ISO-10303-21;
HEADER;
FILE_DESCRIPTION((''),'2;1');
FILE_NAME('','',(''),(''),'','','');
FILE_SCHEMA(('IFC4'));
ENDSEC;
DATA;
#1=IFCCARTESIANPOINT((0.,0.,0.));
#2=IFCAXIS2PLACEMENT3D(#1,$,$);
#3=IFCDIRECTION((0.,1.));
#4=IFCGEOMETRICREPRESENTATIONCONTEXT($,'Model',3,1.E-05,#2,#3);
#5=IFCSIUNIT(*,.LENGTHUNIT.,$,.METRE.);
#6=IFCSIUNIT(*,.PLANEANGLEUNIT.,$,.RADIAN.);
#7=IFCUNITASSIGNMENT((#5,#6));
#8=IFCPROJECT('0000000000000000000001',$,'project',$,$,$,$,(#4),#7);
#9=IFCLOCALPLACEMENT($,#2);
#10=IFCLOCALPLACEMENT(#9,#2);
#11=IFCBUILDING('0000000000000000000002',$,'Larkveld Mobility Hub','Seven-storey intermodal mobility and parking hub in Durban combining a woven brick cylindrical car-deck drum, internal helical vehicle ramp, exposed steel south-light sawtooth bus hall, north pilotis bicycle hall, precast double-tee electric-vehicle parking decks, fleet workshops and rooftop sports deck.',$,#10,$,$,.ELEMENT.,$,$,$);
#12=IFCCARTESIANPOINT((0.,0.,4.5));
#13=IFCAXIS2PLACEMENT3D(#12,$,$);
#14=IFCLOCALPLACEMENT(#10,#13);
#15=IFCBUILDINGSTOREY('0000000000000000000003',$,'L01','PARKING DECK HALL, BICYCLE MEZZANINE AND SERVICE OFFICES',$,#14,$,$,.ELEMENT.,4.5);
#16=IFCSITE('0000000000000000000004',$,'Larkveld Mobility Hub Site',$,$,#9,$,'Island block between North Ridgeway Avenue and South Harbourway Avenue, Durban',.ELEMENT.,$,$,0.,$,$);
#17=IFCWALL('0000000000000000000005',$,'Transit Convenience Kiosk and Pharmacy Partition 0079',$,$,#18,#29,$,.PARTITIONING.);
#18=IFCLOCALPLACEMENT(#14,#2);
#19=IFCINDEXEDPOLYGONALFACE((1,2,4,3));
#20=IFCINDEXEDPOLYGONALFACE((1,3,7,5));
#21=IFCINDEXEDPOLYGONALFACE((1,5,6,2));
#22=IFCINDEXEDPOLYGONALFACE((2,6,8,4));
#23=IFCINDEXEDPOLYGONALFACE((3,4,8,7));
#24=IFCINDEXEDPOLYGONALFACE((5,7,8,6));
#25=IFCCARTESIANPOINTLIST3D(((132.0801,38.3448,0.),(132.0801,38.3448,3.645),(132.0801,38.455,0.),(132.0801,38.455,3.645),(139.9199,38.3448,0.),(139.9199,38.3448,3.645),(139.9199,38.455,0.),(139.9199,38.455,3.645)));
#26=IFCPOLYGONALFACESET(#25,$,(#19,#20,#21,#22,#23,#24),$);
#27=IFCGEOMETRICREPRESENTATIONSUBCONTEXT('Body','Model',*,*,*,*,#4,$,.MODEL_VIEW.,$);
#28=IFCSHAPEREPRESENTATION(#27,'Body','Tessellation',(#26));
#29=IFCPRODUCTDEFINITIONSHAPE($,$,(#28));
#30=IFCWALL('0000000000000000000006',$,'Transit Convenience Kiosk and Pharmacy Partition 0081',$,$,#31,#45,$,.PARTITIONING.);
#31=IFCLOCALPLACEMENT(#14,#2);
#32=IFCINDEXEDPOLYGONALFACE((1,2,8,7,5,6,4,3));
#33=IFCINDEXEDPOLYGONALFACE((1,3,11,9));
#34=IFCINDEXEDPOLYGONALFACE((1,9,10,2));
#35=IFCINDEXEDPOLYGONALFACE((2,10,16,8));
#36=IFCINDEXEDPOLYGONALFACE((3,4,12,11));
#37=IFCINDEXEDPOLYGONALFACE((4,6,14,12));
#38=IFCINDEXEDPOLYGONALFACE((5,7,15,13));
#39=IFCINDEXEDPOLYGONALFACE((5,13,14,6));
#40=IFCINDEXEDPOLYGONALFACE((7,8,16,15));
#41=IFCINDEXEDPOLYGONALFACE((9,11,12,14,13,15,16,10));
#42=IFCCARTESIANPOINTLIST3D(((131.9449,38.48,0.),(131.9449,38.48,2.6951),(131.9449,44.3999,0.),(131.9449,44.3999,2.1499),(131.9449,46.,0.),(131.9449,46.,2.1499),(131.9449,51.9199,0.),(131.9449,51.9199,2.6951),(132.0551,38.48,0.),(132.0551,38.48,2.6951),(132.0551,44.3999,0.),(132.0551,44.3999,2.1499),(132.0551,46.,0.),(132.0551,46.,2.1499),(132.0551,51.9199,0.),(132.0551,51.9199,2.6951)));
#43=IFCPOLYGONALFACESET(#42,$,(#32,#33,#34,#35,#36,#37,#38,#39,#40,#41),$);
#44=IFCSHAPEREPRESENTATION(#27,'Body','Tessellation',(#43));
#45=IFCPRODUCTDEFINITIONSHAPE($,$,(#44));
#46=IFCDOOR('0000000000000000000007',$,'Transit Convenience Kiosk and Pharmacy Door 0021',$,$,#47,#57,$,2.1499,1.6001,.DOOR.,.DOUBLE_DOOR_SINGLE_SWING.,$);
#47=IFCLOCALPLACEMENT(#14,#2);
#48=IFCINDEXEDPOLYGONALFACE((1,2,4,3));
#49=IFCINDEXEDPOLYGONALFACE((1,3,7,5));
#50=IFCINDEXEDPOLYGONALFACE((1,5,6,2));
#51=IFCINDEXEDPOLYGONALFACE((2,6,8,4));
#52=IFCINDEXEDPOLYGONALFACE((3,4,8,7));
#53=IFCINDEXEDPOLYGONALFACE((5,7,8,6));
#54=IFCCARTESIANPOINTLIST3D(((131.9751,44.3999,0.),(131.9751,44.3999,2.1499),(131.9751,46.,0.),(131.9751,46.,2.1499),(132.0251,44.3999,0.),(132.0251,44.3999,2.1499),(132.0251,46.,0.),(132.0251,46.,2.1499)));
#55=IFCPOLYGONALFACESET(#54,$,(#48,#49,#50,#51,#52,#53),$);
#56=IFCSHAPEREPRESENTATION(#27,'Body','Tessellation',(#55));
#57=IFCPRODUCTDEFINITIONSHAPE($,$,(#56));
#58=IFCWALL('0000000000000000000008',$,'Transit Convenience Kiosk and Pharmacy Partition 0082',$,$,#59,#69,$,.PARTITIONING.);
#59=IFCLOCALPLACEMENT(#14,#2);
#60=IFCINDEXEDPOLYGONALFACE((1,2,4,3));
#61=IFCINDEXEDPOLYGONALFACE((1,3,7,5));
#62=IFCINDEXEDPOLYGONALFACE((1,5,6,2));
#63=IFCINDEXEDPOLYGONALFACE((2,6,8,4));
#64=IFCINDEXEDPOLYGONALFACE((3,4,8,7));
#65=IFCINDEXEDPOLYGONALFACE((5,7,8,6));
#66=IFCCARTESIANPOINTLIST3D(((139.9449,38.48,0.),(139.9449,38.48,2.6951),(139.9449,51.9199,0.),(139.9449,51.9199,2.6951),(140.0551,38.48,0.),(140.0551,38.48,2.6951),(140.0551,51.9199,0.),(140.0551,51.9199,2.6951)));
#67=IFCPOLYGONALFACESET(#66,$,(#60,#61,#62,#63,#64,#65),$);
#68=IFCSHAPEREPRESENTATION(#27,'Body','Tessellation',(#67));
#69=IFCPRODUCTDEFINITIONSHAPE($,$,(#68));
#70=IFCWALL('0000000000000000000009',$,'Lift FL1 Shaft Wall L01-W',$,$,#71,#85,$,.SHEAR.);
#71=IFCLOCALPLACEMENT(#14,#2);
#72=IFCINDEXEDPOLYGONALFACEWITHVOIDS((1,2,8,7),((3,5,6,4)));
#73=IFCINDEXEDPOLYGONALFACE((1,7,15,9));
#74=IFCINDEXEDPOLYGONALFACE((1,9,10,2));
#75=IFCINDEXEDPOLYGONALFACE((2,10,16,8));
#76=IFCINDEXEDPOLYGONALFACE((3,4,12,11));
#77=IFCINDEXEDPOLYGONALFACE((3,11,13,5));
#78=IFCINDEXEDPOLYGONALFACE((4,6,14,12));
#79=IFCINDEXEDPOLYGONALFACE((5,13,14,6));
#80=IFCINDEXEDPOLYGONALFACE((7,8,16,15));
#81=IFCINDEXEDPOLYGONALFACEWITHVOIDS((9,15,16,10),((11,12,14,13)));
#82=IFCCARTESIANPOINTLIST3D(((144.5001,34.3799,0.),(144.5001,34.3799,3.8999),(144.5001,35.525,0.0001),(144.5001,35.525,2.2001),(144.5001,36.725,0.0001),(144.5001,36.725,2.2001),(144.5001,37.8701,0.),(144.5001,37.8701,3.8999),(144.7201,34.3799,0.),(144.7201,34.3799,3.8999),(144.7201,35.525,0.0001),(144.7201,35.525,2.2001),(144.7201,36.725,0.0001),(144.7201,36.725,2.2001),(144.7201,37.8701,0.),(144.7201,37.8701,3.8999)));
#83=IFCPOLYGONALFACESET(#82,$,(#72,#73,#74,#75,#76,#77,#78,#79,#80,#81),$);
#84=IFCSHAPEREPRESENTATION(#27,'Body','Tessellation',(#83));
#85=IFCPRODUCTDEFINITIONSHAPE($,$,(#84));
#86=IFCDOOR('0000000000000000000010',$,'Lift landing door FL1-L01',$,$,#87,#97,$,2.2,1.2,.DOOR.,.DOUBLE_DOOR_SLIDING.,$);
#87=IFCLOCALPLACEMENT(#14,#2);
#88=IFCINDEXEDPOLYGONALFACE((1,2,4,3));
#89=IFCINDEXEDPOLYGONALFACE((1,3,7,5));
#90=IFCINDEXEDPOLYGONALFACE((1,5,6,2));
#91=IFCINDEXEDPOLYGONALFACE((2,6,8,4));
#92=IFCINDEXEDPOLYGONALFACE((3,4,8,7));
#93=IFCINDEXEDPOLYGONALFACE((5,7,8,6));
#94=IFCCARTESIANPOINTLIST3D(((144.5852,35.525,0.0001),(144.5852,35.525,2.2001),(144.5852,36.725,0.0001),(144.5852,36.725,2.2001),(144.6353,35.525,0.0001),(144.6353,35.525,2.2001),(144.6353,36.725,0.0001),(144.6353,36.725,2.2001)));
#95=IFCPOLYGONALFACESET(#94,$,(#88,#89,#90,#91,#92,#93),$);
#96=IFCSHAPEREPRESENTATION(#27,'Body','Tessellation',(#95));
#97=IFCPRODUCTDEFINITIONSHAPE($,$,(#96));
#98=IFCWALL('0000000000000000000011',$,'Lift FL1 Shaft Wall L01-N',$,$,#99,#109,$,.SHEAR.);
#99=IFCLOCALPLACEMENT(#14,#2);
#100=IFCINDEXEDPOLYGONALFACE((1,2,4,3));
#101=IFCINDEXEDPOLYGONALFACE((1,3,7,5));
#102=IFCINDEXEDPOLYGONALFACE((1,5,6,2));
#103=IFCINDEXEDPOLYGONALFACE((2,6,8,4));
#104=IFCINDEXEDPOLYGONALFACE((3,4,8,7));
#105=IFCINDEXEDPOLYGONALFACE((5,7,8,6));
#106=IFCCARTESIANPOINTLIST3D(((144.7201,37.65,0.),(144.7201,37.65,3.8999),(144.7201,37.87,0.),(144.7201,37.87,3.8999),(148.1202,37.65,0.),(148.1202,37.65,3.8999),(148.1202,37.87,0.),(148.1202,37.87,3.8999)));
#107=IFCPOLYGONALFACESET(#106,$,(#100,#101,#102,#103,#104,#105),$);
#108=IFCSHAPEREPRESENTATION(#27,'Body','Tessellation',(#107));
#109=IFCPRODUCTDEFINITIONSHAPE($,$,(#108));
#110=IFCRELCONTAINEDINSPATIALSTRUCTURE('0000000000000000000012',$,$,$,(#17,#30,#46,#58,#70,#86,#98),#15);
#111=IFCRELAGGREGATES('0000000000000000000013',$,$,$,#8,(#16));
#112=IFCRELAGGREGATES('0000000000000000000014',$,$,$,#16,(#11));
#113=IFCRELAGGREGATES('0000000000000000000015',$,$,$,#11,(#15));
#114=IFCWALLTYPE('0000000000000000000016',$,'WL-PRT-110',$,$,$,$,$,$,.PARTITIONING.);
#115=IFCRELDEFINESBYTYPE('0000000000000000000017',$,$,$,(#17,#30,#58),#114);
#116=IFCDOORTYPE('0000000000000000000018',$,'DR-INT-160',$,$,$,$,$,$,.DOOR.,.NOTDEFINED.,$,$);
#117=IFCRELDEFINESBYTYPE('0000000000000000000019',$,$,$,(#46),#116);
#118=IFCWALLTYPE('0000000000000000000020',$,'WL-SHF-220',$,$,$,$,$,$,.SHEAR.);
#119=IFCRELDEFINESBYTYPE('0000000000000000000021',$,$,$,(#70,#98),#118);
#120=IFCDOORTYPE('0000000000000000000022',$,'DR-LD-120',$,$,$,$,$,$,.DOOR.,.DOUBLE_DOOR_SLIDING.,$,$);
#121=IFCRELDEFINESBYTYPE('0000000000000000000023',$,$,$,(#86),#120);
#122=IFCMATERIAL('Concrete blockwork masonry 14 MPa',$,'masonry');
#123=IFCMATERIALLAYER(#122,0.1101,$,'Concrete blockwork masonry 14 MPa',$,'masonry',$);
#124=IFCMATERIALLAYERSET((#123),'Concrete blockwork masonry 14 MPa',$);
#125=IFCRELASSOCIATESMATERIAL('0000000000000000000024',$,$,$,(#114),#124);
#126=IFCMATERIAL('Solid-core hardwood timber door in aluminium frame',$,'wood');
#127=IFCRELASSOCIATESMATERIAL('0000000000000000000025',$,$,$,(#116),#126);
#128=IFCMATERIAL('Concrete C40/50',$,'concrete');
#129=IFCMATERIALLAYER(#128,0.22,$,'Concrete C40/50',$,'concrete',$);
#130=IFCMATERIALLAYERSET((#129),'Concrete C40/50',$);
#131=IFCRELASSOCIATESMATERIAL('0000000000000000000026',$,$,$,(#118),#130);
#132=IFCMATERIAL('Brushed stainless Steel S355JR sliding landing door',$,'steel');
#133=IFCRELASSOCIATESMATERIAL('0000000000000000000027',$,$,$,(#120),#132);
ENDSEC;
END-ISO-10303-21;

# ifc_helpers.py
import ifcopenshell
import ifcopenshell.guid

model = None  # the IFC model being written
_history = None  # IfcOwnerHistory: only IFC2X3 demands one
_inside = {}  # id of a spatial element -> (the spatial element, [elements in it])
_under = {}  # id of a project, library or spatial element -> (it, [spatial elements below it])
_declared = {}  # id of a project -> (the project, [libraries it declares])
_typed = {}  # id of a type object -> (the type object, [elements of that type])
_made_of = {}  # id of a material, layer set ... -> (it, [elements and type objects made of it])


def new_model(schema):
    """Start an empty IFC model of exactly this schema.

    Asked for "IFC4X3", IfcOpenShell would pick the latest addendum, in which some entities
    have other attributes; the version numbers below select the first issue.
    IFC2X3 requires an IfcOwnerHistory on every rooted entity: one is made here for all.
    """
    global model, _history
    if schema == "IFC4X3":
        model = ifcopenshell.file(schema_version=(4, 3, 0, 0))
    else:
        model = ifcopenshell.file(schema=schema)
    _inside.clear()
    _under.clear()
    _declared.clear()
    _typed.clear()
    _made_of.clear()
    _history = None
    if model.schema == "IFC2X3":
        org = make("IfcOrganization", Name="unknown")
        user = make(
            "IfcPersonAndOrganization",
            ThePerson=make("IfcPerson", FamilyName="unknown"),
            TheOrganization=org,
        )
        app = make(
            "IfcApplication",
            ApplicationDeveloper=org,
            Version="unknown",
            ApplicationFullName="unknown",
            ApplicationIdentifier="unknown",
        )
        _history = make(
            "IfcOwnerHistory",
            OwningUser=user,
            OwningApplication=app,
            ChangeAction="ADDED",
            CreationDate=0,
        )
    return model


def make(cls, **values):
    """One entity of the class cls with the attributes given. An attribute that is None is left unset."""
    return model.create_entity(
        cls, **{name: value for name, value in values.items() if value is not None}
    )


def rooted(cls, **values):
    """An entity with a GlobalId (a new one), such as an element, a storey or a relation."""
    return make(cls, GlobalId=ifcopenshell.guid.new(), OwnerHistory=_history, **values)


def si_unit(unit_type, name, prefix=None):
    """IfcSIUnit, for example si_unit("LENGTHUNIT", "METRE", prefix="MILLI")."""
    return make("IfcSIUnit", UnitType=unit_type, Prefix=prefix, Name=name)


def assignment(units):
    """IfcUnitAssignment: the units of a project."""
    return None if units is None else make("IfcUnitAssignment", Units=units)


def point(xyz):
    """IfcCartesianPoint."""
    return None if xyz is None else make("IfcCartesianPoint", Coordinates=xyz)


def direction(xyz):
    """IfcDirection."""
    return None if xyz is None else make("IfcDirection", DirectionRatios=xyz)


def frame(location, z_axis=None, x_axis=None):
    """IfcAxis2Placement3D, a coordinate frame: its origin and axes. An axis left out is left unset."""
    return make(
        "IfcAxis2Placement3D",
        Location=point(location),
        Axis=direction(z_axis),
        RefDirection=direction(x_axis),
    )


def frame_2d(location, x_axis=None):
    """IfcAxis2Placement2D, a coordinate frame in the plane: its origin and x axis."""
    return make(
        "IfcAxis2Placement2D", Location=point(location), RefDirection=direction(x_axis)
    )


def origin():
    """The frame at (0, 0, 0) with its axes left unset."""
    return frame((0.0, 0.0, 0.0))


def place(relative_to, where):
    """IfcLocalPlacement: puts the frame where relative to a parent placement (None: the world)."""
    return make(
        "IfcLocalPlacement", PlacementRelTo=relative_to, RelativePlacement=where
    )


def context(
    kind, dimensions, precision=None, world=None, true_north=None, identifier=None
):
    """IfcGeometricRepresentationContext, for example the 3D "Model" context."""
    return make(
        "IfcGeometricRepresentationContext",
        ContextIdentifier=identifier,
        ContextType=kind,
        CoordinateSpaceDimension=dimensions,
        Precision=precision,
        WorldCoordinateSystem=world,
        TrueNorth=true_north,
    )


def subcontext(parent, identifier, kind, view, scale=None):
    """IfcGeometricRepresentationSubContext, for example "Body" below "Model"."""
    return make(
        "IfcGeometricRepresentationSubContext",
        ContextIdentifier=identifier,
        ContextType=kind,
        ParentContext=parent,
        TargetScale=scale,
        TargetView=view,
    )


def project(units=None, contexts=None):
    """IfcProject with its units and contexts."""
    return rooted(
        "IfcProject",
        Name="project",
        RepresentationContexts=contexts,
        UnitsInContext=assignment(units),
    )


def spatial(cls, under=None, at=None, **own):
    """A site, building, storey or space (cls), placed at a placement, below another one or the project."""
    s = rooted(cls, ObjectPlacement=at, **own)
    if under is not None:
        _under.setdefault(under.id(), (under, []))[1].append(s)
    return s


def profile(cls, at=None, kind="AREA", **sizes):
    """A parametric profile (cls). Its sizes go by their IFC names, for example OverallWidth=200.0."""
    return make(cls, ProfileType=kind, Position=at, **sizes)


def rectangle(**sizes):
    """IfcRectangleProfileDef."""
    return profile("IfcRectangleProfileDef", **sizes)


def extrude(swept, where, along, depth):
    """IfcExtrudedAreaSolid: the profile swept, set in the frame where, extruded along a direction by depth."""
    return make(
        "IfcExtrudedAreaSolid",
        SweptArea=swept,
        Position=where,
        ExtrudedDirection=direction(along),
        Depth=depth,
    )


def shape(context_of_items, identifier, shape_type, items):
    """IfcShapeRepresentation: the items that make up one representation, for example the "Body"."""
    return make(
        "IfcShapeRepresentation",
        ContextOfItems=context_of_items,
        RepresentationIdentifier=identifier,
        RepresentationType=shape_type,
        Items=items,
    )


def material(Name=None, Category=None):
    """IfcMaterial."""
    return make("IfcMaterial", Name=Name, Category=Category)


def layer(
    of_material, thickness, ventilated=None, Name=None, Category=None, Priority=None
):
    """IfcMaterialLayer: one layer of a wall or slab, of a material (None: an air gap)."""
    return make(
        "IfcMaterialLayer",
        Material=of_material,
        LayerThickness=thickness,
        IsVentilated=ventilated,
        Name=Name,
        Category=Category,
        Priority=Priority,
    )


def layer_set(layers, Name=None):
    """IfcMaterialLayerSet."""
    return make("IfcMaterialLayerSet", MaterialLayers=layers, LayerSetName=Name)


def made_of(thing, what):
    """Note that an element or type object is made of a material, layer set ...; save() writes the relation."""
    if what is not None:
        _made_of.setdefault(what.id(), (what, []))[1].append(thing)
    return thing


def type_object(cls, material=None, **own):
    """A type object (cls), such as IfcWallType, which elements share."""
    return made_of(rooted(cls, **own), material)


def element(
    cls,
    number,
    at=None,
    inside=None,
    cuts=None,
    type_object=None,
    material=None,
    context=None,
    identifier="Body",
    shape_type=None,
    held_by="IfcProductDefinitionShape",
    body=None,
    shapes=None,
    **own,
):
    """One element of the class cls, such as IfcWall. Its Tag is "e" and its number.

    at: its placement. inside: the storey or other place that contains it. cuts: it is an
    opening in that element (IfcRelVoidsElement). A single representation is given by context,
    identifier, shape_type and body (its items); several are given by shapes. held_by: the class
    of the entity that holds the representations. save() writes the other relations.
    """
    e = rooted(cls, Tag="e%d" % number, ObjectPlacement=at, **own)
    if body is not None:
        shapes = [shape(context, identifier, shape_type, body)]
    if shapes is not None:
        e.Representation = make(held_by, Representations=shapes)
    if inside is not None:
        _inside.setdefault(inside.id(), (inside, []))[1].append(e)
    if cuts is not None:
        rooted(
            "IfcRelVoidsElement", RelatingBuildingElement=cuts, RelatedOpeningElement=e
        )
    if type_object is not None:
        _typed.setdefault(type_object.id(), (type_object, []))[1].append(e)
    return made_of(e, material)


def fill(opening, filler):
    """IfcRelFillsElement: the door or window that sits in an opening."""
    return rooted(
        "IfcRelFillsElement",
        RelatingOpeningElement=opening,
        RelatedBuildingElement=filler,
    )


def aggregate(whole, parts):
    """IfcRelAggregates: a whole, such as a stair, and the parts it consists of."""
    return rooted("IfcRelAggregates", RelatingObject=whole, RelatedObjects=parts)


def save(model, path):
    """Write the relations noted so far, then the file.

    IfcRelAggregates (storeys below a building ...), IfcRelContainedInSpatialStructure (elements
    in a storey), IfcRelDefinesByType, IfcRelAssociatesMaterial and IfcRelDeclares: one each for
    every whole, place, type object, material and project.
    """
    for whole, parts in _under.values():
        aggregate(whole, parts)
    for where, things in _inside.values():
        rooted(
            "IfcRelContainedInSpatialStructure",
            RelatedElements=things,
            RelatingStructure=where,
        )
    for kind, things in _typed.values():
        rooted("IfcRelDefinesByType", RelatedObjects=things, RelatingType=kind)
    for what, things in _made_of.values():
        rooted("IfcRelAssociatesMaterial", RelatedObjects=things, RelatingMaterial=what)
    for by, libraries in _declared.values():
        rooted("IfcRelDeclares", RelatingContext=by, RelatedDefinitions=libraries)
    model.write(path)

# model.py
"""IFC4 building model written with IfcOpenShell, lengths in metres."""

from ifc_helpers import new_model, si_unit, direction, frame, frame_2d, origin, place, context, subcontext, project, spatial, rectangle, extrude, material, layer, layer_set, type_object, element, fill, save


model = new_model("IFC4")

# Units and contexts
model_context = context("Model", 3, precision=1e-05, world=origin(), true_north=direction((0.0, 1.0)))
body_context = subcontext(model_context, "Body", "Model", "MODEL_VIEW")
ifc_project = project(units=[si_unit("LENGTHUNIT", "METRE"), si_unit("PLANEANGLEUNIT", "RADIAN")], contexts=[model_context])

# Site, building, storey
site_placement = place(None, origin())
site = spatial("IfcSite", under=ifc_project, at=site_placement, Name="Larkveld Mobility Hub Site", LongName="Island block between North Ridgeway Avenue and South Harbourway Avenue, Durban", CompositionType="ELEMENT", RefElevation=0.0)
building_placement = place(site_placement, origin())
building = spatial("IfcBuilding", under=site, at=building_placement, Name="Larkveld Mobility Hub", Description="Seven-storey intermodal mobility and parking hub in Durban combining a woven brick cylindrical car-deck drum, internal helical vehicle ramp, exposed steel south-light sawtooth bus hall, north pilotis bicycle hall, precast double-tee electric-vehicle parking decks, fleet workshops and rooftop sports deck.", CompositionType="ELEMENT")
storey_placement = place(building_placement, frame((0.0, 0.0, 4.5)))
storey = spatial("IfcBuildingStorey", under=building, at=storey_placement, Name="L01", Description="PARKING DECK HALL, BICYCLE MEZZANINE AND SERVICE OFFICES", CompositionType="ELEMENT", Elevation=4.5)

# Shared definitions
ifc_material_1 = material(Name="Concrete C40/50", Category="concrete")

# Shared definitions
ifc_material_2 = material(Name="Concrete blockwork masonry 14 MPa", Category="masonry")
ifc_material_3 = material(Name="Solid-core hardwood timber door in aluminium frame", Category="wood")

# Wall
ifc_layer_1 = layer(ifc_material_2, 0.1101, Name="Concrete blockwork masonry 14 MPa", Category="masonry")
ifc_layer_set_1 = layer_set([ifc_layer_1], Name="Concrete blockwork masonry 14 MPa")
wall_type_1 = type_object("IfcWallType", Name="WL-PRT-110", PredefinedType="PARTITIONING", material=ifc_layer_set_1)
wall_1_placement = place(storey_placement, frame((132.0801, 38.3999, 0.0), z_axis=(0.0, 0.0, 1.0), x_axis=(1.0, 0.0, 0.0)))
element("IfcWall", 1, at=wall_1_placement, inside=storey, type_object=wall_type_1, Name="Transit Convenience Kiosk and Pharmacy Partition 0079", PredefinedType="PARTITIONING", context=body_context, shape_type="SweptSolid", body=[
    extrude(rectangle(XDim=7.8398, YDim=0.1101, at=frame_2d((3.9199, 0.0))), origin(), (0.0, 0.0, 1.0), 3.645),
])

# Wall, opening, door
wall_2_placement = place(storey_placement, frame((132.0, 38.48, 0.0), z_axis=(0.0, 0.0, 1.0), x_axis=(0.0, 1.0, 0.0)))
wall_2 = element("IfcWall", 2, at=wall_2_placement, inside=storey, type_object=wall_type_1, Name="Transit Convenience Kiosk and Pharmacy Partition 0081", PredefinedType="PARTITIONING", context=body_context, shape_type="SweptSolid", body=[
    extrude(rectangle(XDim=13.4399, YDim=0.1101, at=frame_2d((6.72, 0.0))), origin(), (0.0, 0.0, 1.0), 2.6951),
])
opening_1_placement = place(wall_2_placement, frame((5.9199, 0.0, 0.0)))
opening_1 = element("IfcOpeningElement", 3, at=opening_1_placement, cuts=wall_2, PredefinedType="OPENING", context=body_context, shape_type="SweptSolid", body=[
    extrude(rectangle(XDim=1.6001, YDim=2.1499, at=frame_2d((0.8, 1.075))), frame((0.0, 0.0649, 0.0), z_axis=(0.0, -1.0, 0.0), x_axis=(1.0, 0.0, 0.0)), (0.0, 0.0, 1.0), 0.1301),
])
door_type_1 = type_object("IfcDoorType", Name="DR-INT-160", OperationType="NOTDEFINED", PredefinedType="DOOR", material=ifc_material_3)
door_1_placement = place(opening_1_placement, origin())
door_1 = element("IfcDoor", 4, at=door_1_placement, inside=storey, type_object=door_type_1, Name="Transit Convenience Kiosk and Pharmacy Door 0021", OperationType="DOUBLE_DOOR_SINGLE_SWING", OverallHeight=2.1499, OverallWidth=1.6001, PredefinedType="DOOR", context=body_context, shape_type="SweptSolid", body=[
    extrude(rectangle(XDim=1.6001, YDim=2.1499, at=frame_2d((0.8, 1.075))), frame((0.0, 0.0249, 0.0), z_axis=(0.0, -1.0, 0.0), x_axis=(1.0, 0.0, 0.0)), (0.0, 0.0, 1.0), 0.05),
])
fill(opening_1, door_1)

# Wall
wall_3_placement = place(storey_placement, frame((140.0, 38.48, 0.0), z_axis=(0.0, 0.0, 1.0), x_axis=(0.0, 1.0, 0.0)))
element("IfcWall", 5, at=wall_3_placement, inside=storey, type_object=wall_type_1, Name="Transit Convenience Kiosk and Pharmacy Partition 0082", PredefinedType="PARTITIONING", context=body_context, shape_type="SweptSolid", body=[
    extrude(rectangle(XDim=13.4399, YDim=0.1101, at=frame_2d((6.72, 0.0))), origin(), (0.0, 0.0, 1.0), 2.6951),
])

# Wall, opening, door
ifc_layer_2 = layer(ifc_material_1, 0.22, Name="Concrete C40/50", Category="concrete")
ifc_layer_set_2 = layer_set([ifc_layer_2], Name="Concrete C40/50")
wall_type_2 = type_object("IfcWallType", Name="WL-SHF-220", PredefinedType="SHEAR", material=ifc_layer_set_2)
wall_4_placement = place(storey_placement, frame((144.6101, 34.3799, 0.0), z_axis=(0.0, 0.0, 1.0), x_axis=(0.0, 1.0, 0.0)))
wall_4 = element("IfcWall", 6, at=wall_4_placement, inside=storey, type_object=wall_type_2, Name="Lift FL1 Shaft Wall L01-W", PredefinedType="SHEAR", context=body_context, shape_type="SweptSolid", body=[
    extrude(rectangle(XDim=3.4902, YDim=0.22, at=frame_2d((1.7451, 0.0))), origin(), (0.0, 0.0, 1.0), 3.8999),
])
opening_2_placement = place(wall_4_placement, frame((1.145, 0.0, 0.0)))
opening_2 = element("IfcOpeningElement", 7, at=opening_2_placement, cuts=wall_4, PredefinedType="OPENING", context=body_context, shape_type="SweptSolid", body=[
    extrude(rectangle(XDim=1.2, YDim=2.2, at=frame_2d((0.6001, 1.1001))), frame((0.0, 0.1201, 0.0), z_axis=(0.0, -1.0, 0.0), x_axis=(1.0, 0.0, 0.0)), (0.0, 0.0, 1.0), 0.24),
])
ifc_material_4 = material(Name="Brushed stainless Steel S355JR sliding landing door", Category="steel")
door_type_2 = type_object("IfcDoorType", Name="DR-LD-120", OperationType="DOUBLE_DOOR_SLIDING", PredefinedType="DOOR", material=ifc_material_4)
door_2_placement = place(opening_2_placement, origin())
door_2 = element("IfcDoor", 8, at=door_2_placement, inside=storey, type_object=door_type_2, Name="Lift landing door FL1-L01", OperationType="DOUBLE_DOOR_SLIDING", OverallHeight=2.2, OverallWidth=1.2, PredefinedType="DOOR", context=body_context, shape_type="SweptSolid", body=[
    extrude(rectangle(XDim=1.2, YDim=2.2, at=frame_2d((0.6001, 1.1001))), frame((0.0, 0.0249, 0.0), z_axis=(0.0, -1.0, 0.0), x_axis=(1.0, 0.0, 0.0)), (0.0, 0.0, 1.0), 0.05),
])
fill(opening_2, door_2)

# Wall
wall_5_placement = place(storey_placement, frame((144.72, 37.76, 0.0), z_axis=(0.0, 0.0, 1.0), x_axis=(1.0, 0.0, 0.0)))
element("IfcWall", 9, at=wall_5_placement, inside=storey, type_object=wall_type_2, Name="Lift FL1 Shaft Wall L01-N", PredefinedType="SHEAR", context=body_context, shape_type="SweptSolid", body=[
    extrude(rectangle(XDim=3.4001, YDim=0.22, at=frame_2d((1.7002, 0.0))), origin(), (0.0, 0.0, 1.0), 3.8999),
])

save(model, "model.ifc")
